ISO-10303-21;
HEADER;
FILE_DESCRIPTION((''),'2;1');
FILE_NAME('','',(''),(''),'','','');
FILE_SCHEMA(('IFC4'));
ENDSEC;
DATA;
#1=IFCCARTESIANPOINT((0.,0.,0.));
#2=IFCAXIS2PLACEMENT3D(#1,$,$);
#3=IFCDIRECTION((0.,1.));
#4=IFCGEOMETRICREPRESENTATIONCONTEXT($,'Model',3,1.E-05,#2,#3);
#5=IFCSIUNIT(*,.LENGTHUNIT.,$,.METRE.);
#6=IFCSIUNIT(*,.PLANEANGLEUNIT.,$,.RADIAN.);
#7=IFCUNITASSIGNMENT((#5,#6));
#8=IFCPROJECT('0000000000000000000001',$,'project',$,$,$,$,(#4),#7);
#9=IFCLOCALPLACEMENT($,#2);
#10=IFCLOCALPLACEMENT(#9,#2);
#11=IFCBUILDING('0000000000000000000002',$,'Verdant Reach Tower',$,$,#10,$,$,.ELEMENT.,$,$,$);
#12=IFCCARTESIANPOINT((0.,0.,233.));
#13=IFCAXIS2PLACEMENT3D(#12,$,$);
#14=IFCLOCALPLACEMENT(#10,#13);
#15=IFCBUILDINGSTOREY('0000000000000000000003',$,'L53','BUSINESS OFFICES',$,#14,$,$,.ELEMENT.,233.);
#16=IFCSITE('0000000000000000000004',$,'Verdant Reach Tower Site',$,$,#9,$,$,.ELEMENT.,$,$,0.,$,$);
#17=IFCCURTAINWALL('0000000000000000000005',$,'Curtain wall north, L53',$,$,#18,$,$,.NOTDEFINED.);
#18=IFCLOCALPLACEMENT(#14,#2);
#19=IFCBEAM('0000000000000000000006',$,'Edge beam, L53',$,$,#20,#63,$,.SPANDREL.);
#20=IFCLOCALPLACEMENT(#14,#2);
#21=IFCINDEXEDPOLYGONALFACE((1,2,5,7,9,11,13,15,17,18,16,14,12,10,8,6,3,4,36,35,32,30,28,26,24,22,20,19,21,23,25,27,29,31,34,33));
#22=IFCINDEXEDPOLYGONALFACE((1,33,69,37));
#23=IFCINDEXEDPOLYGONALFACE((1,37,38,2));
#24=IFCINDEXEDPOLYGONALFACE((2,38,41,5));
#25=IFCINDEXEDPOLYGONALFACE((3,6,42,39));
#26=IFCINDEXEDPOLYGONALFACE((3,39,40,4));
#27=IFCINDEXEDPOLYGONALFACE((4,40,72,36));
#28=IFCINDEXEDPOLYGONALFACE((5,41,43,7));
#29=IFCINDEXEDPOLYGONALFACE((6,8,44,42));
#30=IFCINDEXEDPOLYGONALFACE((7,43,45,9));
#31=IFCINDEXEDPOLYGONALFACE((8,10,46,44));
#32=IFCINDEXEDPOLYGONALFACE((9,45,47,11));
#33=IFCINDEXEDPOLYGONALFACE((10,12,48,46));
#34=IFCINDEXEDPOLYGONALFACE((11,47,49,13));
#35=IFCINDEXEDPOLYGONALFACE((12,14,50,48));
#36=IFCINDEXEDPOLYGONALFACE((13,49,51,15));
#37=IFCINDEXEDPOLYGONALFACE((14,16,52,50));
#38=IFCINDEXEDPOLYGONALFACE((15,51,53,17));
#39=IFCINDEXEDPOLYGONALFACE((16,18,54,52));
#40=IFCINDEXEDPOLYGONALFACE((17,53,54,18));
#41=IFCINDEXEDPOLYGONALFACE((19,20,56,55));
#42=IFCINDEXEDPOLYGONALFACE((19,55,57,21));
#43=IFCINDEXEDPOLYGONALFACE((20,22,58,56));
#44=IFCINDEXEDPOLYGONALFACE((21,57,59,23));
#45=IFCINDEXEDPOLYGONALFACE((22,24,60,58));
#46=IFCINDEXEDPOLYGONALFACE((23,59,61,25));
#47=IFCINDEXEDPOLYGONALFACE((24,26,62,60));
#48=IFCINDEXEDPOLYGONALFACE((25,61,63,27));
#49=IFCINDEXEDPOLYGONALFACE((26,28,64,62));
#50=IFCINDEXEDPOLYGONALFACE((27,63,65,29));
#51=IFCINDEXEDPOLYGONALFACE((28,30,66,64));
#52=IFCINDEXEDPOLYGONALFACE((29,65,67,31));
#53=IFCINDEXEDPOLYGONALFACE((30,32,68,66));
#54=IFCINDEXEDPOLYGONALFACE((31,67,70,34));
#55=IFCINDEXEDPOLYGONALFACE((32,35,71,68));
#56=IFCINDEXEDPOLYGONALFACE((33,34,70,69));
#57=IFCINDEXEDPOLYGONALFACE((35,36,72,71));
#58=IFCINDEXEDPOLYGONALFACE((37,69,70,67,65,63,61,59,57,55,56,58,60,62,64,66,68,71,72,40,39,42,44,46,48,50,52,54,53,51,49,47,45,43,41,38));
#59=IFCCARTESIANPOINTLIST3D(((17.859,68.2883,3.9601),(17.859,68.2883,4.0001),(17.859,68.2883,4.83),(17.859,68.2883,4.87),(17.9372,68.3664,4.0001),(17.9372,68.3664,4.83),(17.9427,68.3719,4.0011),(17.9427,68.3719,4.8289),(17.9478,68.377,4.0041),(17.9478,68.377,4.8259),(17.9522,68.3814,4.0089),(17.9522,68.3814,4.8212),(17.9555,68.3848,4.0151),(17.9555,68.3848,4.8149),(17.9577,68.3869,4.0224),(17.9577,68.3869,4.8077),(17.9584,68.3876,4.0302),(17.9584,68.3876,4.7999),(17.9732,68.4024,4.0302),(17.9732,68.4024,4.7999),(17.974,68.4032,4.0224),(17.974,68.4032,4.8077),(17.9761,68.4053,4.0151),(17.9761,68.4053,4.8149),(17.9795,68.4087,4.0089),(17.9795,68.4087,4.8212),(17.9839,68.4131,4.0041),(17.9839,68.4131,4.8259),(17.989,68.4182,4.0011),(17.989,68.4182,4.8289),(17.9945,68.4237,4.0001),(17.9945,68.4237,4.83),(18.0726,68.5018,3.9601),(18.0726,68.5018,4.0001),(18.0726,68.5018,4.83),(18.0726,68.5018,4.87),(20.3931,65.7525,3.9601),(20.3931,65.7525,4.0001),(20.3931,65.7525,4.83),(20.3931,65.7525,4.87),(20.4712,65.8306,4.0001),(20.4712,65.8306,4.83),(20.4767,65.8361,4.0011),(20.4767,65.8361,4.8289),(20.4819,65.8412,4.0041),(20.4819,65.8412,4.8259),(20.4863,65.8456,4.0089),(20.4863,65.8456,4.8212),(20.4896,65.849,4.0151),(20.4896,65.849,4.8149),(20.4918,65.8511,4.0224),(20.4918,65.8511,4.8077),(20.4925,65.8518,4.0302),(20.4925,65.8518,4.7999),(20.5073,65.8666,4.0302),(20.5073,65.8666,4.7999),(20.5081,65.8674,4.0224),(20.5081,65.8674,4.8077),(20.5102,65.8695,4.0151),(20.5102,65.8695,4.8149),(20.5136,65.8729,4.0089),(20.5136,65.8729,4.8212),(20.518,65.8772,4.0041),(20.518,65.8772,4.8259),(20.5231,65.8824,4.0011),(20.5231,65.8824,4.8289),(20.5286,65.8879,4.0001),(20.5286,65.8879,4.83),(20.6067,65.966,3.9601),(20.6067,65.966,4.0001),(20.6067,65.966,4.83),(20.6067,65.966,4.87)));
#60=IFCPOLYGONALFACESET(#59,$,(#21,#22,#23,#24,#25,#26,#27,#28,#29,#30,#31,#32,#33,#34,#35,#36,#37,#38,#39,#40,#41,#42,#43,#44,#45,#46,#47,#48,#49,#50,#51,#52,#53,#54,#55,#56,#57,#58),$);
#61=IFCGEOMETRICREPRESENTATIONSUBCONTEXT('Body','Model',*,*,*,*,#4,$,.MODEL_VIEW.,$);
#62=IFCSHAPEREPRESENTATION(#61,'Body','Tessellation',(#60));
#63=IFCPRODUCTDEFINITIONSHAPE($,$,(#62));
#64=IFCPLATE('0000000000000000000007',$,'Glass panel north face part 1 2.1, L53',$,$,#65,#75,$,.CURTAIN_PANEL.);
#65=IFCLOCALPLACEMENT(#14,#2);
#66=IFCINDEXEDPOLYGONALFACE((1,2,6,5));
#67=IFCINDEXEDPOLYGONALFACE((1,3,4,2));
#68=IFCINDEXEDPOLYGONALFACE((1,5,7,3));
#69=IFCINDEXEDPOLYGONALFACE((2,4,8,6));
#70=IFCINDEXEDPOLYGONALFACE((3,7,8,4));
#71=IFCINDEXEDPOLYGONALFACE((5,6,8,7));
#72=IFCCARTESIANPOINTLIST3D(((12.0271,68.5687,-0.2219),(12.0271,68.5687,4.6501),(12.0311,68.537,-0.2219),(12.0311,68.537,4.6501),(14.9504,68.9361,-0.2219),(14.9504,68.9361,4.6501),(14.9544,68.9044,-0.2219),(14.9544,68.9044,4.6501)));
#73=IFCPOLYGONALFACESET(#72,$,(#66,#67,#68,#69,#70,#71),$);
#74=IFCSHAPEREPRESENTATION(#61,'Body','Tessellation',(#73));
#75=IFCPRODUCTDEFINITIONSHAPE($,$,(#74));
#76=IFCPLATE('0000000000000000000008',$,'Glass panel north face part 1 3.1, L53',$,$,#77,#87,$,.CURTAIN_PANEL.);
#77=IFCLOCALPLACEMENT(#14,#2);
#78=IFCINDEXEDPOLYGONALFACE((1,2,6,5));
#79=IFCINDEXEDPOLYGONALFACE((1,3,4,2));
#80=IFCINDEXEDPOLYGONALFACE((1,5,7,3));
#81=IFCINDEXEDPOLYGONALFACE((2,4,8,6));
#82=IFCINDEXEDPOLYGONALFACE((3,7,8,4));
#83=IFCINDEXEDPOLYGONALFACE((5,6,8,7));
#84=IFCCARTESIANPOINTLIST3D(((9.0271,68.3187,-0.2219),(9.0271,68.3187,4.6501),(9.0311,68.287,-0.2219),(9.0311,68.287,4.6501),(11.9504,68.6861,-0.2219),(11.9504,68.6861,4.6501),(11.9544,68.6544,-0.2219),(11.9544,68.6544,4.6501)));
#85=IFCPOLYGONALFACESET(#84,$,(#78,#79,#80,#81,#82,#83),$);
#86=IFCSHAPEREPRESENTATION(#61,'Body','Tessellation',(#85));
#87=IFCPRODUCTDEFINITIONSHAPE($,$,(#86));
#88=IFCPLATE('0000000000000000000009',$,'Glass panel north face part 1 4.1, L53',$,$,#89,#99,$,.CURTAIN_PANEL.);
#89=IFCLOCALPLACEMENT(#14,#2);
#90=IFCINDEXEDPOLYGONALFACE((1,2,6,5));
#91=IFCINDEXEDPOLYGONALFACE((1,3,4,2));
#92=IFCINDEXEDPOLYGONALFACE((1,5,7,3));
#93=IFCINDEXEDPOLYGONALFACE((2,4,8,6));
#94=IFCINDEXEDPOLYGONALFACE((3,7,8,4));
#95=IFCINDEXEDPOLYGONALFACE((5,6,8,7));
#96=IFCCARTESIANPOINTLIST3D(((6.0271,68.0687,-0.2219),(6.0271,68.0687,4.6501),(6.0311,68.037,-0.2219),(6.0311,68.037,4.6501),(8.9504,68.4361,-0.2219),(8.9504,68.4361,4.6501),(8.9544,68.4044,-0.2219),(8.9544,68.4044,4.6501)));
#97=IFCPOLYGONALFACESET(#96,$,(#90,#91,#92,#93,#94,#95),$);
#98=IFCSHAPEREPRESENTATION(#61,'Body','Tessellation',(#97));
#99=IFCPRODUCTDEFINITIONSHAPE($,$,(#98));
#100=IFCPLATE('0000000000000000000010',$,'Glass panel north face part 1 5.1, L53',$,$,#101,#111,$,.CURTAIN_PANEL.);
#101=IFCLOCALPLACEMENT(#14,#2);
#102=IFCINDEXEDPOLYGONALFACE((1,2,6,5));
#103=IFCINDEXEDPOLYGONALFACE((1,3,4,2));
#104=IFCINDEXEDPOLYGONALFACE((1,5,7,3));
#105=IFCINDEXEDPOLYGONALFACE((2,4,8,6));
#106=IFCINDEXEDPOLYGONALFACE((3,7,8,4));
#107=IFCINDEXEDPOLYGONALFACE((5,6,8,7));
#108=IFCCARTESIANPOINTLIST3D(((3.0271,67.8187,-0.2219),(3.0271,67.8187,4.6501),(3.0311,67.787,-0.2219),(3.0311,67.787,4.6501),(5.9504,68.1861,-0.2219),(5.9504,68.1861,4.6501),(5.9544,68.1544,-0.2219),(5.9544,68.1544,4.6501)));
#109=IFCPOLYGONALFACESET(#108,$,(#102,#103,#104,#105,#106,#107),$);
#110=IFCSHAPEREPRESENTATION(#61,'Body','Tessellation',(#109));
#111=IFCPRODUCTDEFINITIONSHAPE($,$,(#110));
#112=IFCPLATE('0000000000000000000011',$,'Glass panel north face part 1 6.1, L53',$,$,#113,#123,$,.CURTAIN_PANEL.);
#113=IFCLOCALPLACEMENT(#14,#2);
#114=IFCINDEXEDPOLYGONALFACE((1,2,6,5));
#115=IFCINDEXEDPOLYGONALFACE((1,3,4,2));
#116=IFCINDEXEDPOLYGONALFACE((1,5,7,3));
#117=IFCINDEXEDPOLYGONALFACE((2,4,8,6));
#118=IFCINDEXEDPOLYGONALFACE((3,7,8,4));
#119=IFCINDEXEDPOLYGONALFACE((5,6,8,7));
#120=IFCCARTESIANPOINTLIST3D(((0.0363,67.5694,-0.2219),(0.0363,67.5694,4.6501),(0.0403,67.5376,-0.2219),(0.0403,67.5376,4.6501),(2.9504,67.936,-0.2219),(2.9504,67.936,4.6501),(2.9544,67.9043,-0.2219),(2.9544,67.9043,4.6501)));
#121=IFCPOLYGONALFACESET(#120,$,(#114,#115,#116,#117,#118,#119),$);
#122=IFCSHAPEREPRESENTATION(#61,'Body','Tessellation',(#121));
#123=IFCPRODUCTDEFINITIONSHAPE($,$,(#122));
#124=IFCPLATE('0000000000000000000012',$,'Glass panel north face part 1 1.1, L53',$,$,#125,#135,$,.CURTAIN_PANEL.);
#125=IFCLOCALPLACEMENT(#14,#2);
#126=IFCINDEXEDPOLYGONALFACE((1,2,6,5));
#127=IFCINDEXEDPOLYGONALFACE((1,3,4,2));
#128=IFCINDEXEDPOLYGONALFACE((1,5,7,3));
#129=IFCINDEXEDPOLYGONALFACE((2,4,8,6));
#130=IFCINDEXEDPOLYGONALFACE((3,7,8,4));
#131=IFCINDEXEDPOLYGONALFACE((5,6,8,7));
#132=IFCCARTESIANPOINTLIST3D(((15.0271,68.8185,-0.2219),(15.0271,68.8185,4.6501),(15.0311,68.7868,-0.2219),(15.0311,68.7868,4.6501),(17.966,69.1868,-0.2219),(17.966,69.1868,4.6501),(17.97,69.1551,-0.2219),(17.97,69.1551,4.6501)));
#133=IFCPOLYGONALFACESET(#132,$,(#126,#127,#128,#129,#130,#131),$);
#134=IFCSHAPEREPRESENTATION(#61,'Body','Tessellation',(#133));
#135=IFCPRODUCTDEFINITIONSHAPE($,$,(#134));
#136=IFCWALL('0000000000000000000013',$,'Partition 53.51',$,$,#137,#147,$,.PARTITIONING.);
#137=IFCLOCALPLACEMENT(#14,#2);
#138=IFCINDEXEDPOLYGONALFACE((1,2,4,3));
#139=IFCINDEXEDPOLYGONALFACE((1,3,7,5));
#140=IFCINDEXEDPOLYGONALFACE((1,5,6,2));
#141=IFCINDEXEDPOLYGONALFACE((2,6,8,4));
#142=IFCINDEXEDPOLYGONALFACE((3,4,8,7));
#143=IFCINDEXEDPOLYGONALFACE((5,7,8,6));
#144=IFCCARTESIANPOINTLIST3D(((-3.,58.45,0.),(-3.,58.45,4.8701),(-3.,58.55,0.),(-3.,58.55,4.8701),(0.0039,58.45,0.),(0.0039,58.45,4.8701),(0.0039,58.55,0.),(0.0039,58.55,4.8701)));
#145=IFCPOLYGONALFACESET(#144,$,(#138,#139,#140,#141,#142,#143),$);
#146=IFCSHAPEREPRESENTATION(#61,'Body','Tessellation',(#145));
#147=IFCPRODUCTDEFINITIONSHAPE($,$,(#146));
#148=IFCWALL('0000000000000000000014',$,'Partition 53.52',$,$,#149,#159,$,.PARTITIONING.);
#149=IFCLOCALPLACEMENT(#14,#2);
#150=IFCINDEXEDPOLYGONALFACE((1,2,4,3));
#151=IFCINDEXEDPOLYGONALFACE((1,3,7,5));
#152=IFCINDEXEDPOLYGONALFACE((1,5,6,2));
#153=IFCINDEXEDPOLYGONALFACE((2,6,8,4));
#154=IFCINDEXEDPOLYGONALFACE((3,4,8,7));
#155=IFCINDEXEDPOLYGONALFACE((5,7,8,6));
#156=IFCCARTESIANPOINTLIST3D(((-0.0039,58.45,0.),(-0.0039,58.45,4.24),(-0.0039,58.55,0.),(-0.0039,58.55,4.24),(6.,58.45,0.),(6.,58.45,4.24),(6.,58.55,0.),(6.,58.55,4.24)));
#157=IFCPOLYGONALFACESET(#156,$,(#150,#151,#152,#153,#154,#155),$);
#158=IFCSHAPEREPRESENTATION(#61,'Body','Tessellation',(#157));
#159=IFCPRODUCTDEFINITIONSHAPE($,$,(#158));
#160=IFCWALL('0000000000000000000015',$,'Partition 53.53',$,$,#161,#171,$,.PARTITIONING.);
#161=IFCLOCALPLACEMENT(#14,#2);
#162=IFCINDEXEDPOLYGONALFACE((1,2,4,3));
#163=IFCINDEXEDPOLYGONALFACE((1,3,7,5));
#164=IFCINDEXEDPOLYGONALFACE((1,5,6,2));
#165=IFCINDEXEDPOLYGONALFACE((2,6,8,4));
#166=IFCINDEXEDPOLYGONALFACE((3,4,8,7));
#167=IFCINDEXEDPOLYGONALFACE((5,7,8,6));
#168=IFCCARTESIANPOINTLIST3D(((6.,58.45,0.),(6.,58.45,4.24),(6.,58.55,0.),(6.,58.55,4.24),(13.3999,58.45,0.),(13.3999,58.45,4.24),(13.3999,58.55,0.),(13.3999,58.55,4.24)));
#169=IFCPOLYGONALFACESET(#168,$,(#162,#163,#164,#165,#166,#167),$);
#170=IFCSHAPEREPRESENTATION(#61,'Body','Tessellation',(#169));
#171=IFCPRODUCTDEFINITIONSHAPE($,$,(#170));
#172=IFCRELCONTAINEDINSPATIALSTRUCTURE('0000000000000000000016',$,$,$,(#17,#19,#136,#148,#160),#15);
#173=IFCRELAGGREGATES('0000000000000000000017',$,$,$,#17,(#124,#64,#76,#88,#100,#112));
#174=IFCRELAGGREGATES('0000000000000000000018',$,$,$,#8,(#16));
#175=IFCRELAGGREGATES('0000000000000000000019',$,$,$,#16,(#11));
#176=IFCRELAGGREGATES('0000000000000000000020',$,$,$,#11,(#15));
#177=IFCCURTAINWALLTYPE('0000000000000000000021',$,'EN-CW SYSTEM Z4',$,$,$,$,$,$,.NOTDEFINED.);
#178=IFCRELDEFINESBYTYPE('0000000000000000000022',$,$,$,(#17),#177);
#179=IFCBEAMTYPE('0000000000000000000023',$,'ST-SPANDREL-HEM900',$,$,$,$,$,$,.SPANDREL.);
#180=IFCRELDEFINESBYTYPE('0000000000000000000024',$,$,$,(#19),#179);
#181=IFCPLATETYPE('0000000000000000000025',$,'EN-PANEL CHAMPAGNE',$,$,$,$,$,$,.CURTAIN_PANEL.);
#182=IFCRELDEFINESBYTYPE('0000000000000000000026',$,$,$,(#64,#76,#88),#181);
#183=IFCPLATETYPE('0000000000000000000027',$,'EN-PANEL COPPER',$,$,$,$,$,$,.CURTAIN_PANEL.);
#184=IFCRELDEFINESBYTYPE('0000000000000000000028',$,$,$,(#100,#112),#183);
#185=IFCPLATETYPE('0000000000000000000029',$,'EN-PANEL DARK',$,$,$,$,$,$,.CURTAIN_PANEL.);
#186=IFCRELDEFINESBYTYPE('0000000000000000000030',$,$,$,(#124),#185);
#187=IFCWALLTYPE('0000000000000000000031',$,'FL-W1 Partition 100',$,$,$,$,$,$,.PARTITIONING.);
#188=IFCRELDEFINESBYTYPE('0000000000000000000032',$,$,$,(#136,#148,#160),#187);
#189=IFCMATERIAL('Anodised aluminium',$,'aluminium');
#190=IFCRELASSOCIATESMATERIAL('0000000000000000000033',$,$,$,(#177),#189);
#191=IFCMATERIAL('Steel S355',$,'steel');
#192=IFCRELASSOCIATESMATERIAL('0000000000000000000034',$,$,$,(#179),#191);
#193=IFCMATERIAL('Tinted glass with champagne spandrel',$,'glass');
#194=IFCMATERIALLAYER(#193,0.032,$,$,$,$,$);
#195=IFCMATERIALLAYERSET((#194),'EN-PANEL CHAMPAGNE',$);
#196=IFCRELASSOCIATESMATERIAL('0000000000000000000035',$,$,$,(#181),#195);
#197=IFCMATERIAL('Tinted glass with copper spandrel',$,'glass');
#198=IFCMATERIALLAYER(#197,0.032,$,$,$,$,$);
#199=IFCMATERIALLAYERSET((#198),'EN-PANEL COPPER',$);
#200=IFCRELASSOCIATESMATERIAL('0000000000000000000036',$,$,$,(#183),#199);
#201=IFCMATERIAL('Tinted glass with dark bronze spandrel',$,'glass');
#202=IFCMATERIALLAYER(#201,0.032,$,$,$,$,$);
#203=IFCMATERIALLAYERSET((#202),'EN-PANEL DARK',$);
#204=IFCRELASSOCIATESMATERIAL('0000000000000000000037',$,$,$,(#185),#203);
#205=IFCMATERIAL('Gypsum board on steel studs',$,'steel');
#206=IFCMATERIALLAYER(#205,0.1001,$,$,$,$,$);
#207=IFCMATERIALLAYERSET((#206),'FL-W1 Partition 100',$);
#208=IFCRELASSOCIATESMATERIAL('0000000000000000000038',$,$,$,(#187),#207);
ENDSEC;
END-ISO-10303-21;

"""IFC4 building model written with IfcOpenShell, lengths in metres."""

from ifc_helpers import new_model, si_unit, direction, frame, frame_2d, origin, origin_2d, place, context, subcontext, project, spatial, rectangle, i_section, extrude, material, layer, layer_set, material_profile, profile_set, type_object, element, aggregate, save


model = new_model("IFC4")

# Units and contexts
model_context = context("Model", 3, precision=1e-05, world=origin(), true_north=direction((0.0, 1.0)))
body_context = subcontext(model_context, "Body", "Model", "MODEL_VIEW")
ifc_project = project(units=[si_unit("LENGTHUNIT", "METRE"), si_unit("PLANEANGLEUNIT", "RADIAN")], contexts=[model_context])

# Site, building, storey
site_placement = place(None, origin())
site = spatial("IfcSite", under=ifc_project, at=site_placement, Name="Verdant Reach Tower Site", CompositionType="ELEMENT", RefElevation=0.0)
building_placement = place(site_placement, origin())
building = spatial("IfcBuilding", under=site, at=building_placement, Name="Verdant Reach Tower", CompositionType="ELEMENT")
storey_placement = place(building_placement, frame((0.0, 0.0, 233.0)))
storey = spatial("IfcBuildingStorey", under=building, at=storey_placement, Name="L53", Description="BUSINESS OFFICES", CompositionType="ELEMENT", Elevation=233.0)

# Curtain wall
ifc_material_1 = material(Name="Anodised aluminium", Category="aluminium")
curtain_wall_type = type_object("IfcCurtainWallType", Name="EN-CW SYSTEM Z4", PredefinedType="NOTDEFINED", material=ifc_material_1)
curtain_wall_placement = place(storey_placement, origin())
curtain_wall = element("IfcCurtainWall", 1, at=curtain_wall_placement, inside=storey, type_object=curtain_wall_type, Name="Curtain wall north, L53", PredefinedType="NOTDEFINED")

# Beam
ifc_material_2 = material(Name="Steel S355", Category="steel")
ifc_material_profile_1 = material_profile(ifc_material_2, i_section(OverallWidth=0.302, OverallDepth=0.9099, WebThickness=0.021, FlangeThickness=0.04, FilletRadius=0.03, at=origin_2d()), Name="HEM 900")
ifc_profile_set_1 = profile_set([ifc_material_profile_1], Name="Steel S355")
beam_type_1 = type_object("IfcBeamType", Name="ST-SPANDREL-HEM900", PredefinedType="SPANDREL", material=ifc_profile_set_1)
beam_1_placement = place(storey_placement, frame((17.9658, 68.395, 4.415), z_axis=(0.706868, -0.707345, 0.0), x_axis=(0.707345, 0.706868, 0.0)))
element("IfcBeam", 2, at=beam_1_placement, inside=storey, type_object=beam_type_1, Name="Edge beam, L53", PredefinedType="SPANDREL", context=body_context, shape_type="SweptSolid", body=[
    extrude(i_section(OverallWidth=0.302, OverallDepth=0.9099, WebThickness=0.021, FlangeThickness=0.04, FilletRadius=0.03, at=origin_2d()), origin(), (0.0, 0.0, 1.0), 3.585),
])

# Plates
ifc_material_3 = material(Name="Tinted glass with champagne spandrel", Category="glass")
ifc_layer_1 = layer(ifc_material_3, 0.032)
ifc_layer_set_1 = layer_set([ifc_layer_1], Name="EN-PANEL CHAMPAGNE")
plate_type_1 = type_object("IfcPlateType", Name="EN-PANEL CHAMPAGNE", PredefinedType="CURTAIN_PANEL", material=ifc_layer_set_1)
plate_1_placement = place(storey_placement, frame((13.4907, 68.7366, -0.2219), z_axis=(0.0, 0.0, 1.0), x_axis=(-0.992194, -0.124704, 0.0)))
plate_1 = element("IfcPlate", 3, at=plate_1_placement, type_object=plate_type_1, Name="Glass panel north face part 1 2.1, L53", PredefinedType="CURTAIN_PANEL", context=body_context, shape_type="SweptSolid", body=[
    extrude(rectangle(XDim=2.9463, YDim=0.032, at=origin_2d()), origin(), (0.0, 0.0, 1.0), 4.8721),
])
plate_2_placement = place(storey_placement, frame((10.4907, 68.4866, -0.2219), z_axis=(0.0, 0.0, 1.0), x_axis=(-0.992194, -0.124704, 0.0)))
plate_2 = element("IfcPlate", 4, at=plate_2_placement, type_object=plate_type_1, Name="Glass panel north face part 1 3.1, L53", PredefinedType="CURTAIN_PANEL", context=body_context, shape_type="SweptSolid", body=[
    extrude(rectangle(XDim=2.9463, YDim=0.032, at=origin_2d()), origin(), (0.0, 0.0, 1.0), 4.8721),
])
plate_3_placement = place(storey_placement, frame((7.4907, 68.2366, -0.2219), z_axis=(0.0, 0.0, 1.0), x_axis=(-0.992194, -0.124704, 0.0)))
plate_3 = element("IfcPlate", 5, at=plate_3_placement, type_object=plate_type_1, Name="Glass panel north face part 1 4.1, L53", PredefinedType="CURTAIN_PANEL", context=body_context, shape_type="SweptSolid", body=[
    extrude(rectangle(XDim=2.9463, YDim=0.032, at=origin_2d()), origin(), (0.0, 0.0, 1.0), 4.8721),
])
ifc_material_4 = material(Name="Tinted glass with copper spandrel", Category="glass")
ifc_layer_2 = layer(ifc_material_4, 0.032)
ifc_layer_set_2 = layer_set([ifc_layer_2], Name="EN-PANEL COPPER")
plate_type_2 = type_object("IfcPlateType", Name="EN-PANEL COPPER", PredefinedType="CURTAIN_PANEL", material=ifc_layer_set_2)
plate_4_placement = place(storey_placement, frame((4.4907, 67.9866, -0.2219), z_axis=(0.0, 0.0, 1.0), x_axis=(-0.992194, -0.124704, 0.0)))
plate_4 = element("IfcPlate", 6, at=plate_4_placement, type_object=plate_type_2, Name="Glass panel north face part 1 5.1, L53", PredefinedType="CURTAIN_PANEL", context=body_context, shape_type="SweptSolid", body=[
    extrude(rectangle(XDim=2.9463, YDim=0.032, at=origin_2d()), origin(), (0.0, 0.0, 1.0), 4.8721),
])
plate_5_placement = place(storey_placement, frame((1.4954, 67.7368, -0.2219), z_axis=(0.0, 0.0, 1.0), x_axis=(-0.992178, -0.124832, 0.0)))
plate_5 = element("IfcPlate", 7, at=plate_5_placement, type_object=plate_type_2, Name="Glass panel north face part 1 6.1, L53", PredefinedType="CURTAIN_PANEL", context=body_context, shape_type="SweptSolid", body=[
    extrude(rectangle(XDim=2.937, YDim=0.032, at=origin_2d()), origin(), (0.0, 0.0, 1.0), 4.8721),
])
ifc_material_5 = material(Name="Tinted glass with dark bronze spandrel", Category="glass")
ifc_layer_3 = layer(ifc_material_5, 0.032)
ifc_layer_set_3 = layer_set([ifc_layer_3], Name="EN-PANEL DARK")
plate_type_3 = type_object("IfcPlateType", Name="EN-PANEL DARK", PredefinedType="CURTAIN_PANEL", material=ifc_layer_set_3)
plate_6_placement = place(storey_placement, frame((16.4985, 68.9868, -0.2219), z_axis=(0.0, 0.0, 1.0), x_axis=(-0.992239, -0.124346, 0.0)))
plate_6 = element("IfcPlate", 8, at=plate_6_placement, type_object=plate_type_3, Name="Glass panel north face part 1 1.1, L53", PredefinedType="CURTAIN_PANEL", context=body_context, shape_type="SweptSolid", body=[
    extrude(rectangle(XDim=2.9619, YDim=0.032, at=origin_2d()), origin(), (0.0, 0.0, 1.0), 4.8721),
])
aggregate(curtain_wall, [plate_6, plate_1, plate_2, plate_3, plate_4, plate_5])

# Walls
ifc_material_6 = material(Name="Gypsum board on steel studs", Category="steel")
ifc_layer_4 = layer(ifc_material_6, 0.1001)
ifc_layer_set_4 = layer_set([ifc_layer_4], Name="FL-W1 Partition 100")
wall_type_1 = type_object("IfcWallType", Name="FL-W1 Partition 100", PredefinedType="PARTITIONING", material=ifc_layer_set_4)
wall_1_placement = place(storey_placement, frame((0.0039, 58.5, 0.0), z_axis=(0.0, 0.0, 1.0), x_axis=(-1.0, 0.0, 0.0)))
element("IfcWall", 9, at=wall_1_placement, inside=storey, type_object=wall_type_1, Name="Partition 53.51", PredefinedType="PARTITIONING", context=body_context, shape_type="SweptSolid", body=[
    extrude(rectangle(XDim=3.0039, YDim=0.1001, at=frame_2d((1.502, 0.0))), origin(), (0.0, 0.0, 1.0), 4.8701),
])
wall_2_placement = place(storey_placement, frame((6.0, 58.5, 0.0), z_axis=(0.0, 0.0, 1.0), x_axis=(-1.0, 0.0, 0.0)))
element("IfcWall", 10, at=wall_2_placement, inside=storey, type_object=wall_type_1, Name="Partition 53.52", PredefinedType="PARTITIONING", context=body_context, shape_type="SweptSolid", body=[
    extrude(rectangle(XDim=6.0039, YDim=0.1001, at=frame_2d((3.002, 0.0))), origin(), (0.0, 0.0, 1.0), 4.24),
])
wall_3_placement = place(storey_placement, frame((13.3999, 58.5, 0.0), z_axis=(0.0, 0.0, 1.0), x_axis=(-1.0, 0.0, 0.0)))
element("IfcWall", 11, at=wall_3_placement, inside=storey, type_object=wall_type_1, Name="Partition 53.53", PredefinedType="PARTITIONING", context=body_context, shape_type="SweptSolid", body=[
    extrude(rectangle(XDim=7.3999, YDim=0.1001, at=frame_2d((3.7, 0.0))), origin(), (0.0, 0.0, 1.0), 4.24),
])

save(model, "model.ifc")
